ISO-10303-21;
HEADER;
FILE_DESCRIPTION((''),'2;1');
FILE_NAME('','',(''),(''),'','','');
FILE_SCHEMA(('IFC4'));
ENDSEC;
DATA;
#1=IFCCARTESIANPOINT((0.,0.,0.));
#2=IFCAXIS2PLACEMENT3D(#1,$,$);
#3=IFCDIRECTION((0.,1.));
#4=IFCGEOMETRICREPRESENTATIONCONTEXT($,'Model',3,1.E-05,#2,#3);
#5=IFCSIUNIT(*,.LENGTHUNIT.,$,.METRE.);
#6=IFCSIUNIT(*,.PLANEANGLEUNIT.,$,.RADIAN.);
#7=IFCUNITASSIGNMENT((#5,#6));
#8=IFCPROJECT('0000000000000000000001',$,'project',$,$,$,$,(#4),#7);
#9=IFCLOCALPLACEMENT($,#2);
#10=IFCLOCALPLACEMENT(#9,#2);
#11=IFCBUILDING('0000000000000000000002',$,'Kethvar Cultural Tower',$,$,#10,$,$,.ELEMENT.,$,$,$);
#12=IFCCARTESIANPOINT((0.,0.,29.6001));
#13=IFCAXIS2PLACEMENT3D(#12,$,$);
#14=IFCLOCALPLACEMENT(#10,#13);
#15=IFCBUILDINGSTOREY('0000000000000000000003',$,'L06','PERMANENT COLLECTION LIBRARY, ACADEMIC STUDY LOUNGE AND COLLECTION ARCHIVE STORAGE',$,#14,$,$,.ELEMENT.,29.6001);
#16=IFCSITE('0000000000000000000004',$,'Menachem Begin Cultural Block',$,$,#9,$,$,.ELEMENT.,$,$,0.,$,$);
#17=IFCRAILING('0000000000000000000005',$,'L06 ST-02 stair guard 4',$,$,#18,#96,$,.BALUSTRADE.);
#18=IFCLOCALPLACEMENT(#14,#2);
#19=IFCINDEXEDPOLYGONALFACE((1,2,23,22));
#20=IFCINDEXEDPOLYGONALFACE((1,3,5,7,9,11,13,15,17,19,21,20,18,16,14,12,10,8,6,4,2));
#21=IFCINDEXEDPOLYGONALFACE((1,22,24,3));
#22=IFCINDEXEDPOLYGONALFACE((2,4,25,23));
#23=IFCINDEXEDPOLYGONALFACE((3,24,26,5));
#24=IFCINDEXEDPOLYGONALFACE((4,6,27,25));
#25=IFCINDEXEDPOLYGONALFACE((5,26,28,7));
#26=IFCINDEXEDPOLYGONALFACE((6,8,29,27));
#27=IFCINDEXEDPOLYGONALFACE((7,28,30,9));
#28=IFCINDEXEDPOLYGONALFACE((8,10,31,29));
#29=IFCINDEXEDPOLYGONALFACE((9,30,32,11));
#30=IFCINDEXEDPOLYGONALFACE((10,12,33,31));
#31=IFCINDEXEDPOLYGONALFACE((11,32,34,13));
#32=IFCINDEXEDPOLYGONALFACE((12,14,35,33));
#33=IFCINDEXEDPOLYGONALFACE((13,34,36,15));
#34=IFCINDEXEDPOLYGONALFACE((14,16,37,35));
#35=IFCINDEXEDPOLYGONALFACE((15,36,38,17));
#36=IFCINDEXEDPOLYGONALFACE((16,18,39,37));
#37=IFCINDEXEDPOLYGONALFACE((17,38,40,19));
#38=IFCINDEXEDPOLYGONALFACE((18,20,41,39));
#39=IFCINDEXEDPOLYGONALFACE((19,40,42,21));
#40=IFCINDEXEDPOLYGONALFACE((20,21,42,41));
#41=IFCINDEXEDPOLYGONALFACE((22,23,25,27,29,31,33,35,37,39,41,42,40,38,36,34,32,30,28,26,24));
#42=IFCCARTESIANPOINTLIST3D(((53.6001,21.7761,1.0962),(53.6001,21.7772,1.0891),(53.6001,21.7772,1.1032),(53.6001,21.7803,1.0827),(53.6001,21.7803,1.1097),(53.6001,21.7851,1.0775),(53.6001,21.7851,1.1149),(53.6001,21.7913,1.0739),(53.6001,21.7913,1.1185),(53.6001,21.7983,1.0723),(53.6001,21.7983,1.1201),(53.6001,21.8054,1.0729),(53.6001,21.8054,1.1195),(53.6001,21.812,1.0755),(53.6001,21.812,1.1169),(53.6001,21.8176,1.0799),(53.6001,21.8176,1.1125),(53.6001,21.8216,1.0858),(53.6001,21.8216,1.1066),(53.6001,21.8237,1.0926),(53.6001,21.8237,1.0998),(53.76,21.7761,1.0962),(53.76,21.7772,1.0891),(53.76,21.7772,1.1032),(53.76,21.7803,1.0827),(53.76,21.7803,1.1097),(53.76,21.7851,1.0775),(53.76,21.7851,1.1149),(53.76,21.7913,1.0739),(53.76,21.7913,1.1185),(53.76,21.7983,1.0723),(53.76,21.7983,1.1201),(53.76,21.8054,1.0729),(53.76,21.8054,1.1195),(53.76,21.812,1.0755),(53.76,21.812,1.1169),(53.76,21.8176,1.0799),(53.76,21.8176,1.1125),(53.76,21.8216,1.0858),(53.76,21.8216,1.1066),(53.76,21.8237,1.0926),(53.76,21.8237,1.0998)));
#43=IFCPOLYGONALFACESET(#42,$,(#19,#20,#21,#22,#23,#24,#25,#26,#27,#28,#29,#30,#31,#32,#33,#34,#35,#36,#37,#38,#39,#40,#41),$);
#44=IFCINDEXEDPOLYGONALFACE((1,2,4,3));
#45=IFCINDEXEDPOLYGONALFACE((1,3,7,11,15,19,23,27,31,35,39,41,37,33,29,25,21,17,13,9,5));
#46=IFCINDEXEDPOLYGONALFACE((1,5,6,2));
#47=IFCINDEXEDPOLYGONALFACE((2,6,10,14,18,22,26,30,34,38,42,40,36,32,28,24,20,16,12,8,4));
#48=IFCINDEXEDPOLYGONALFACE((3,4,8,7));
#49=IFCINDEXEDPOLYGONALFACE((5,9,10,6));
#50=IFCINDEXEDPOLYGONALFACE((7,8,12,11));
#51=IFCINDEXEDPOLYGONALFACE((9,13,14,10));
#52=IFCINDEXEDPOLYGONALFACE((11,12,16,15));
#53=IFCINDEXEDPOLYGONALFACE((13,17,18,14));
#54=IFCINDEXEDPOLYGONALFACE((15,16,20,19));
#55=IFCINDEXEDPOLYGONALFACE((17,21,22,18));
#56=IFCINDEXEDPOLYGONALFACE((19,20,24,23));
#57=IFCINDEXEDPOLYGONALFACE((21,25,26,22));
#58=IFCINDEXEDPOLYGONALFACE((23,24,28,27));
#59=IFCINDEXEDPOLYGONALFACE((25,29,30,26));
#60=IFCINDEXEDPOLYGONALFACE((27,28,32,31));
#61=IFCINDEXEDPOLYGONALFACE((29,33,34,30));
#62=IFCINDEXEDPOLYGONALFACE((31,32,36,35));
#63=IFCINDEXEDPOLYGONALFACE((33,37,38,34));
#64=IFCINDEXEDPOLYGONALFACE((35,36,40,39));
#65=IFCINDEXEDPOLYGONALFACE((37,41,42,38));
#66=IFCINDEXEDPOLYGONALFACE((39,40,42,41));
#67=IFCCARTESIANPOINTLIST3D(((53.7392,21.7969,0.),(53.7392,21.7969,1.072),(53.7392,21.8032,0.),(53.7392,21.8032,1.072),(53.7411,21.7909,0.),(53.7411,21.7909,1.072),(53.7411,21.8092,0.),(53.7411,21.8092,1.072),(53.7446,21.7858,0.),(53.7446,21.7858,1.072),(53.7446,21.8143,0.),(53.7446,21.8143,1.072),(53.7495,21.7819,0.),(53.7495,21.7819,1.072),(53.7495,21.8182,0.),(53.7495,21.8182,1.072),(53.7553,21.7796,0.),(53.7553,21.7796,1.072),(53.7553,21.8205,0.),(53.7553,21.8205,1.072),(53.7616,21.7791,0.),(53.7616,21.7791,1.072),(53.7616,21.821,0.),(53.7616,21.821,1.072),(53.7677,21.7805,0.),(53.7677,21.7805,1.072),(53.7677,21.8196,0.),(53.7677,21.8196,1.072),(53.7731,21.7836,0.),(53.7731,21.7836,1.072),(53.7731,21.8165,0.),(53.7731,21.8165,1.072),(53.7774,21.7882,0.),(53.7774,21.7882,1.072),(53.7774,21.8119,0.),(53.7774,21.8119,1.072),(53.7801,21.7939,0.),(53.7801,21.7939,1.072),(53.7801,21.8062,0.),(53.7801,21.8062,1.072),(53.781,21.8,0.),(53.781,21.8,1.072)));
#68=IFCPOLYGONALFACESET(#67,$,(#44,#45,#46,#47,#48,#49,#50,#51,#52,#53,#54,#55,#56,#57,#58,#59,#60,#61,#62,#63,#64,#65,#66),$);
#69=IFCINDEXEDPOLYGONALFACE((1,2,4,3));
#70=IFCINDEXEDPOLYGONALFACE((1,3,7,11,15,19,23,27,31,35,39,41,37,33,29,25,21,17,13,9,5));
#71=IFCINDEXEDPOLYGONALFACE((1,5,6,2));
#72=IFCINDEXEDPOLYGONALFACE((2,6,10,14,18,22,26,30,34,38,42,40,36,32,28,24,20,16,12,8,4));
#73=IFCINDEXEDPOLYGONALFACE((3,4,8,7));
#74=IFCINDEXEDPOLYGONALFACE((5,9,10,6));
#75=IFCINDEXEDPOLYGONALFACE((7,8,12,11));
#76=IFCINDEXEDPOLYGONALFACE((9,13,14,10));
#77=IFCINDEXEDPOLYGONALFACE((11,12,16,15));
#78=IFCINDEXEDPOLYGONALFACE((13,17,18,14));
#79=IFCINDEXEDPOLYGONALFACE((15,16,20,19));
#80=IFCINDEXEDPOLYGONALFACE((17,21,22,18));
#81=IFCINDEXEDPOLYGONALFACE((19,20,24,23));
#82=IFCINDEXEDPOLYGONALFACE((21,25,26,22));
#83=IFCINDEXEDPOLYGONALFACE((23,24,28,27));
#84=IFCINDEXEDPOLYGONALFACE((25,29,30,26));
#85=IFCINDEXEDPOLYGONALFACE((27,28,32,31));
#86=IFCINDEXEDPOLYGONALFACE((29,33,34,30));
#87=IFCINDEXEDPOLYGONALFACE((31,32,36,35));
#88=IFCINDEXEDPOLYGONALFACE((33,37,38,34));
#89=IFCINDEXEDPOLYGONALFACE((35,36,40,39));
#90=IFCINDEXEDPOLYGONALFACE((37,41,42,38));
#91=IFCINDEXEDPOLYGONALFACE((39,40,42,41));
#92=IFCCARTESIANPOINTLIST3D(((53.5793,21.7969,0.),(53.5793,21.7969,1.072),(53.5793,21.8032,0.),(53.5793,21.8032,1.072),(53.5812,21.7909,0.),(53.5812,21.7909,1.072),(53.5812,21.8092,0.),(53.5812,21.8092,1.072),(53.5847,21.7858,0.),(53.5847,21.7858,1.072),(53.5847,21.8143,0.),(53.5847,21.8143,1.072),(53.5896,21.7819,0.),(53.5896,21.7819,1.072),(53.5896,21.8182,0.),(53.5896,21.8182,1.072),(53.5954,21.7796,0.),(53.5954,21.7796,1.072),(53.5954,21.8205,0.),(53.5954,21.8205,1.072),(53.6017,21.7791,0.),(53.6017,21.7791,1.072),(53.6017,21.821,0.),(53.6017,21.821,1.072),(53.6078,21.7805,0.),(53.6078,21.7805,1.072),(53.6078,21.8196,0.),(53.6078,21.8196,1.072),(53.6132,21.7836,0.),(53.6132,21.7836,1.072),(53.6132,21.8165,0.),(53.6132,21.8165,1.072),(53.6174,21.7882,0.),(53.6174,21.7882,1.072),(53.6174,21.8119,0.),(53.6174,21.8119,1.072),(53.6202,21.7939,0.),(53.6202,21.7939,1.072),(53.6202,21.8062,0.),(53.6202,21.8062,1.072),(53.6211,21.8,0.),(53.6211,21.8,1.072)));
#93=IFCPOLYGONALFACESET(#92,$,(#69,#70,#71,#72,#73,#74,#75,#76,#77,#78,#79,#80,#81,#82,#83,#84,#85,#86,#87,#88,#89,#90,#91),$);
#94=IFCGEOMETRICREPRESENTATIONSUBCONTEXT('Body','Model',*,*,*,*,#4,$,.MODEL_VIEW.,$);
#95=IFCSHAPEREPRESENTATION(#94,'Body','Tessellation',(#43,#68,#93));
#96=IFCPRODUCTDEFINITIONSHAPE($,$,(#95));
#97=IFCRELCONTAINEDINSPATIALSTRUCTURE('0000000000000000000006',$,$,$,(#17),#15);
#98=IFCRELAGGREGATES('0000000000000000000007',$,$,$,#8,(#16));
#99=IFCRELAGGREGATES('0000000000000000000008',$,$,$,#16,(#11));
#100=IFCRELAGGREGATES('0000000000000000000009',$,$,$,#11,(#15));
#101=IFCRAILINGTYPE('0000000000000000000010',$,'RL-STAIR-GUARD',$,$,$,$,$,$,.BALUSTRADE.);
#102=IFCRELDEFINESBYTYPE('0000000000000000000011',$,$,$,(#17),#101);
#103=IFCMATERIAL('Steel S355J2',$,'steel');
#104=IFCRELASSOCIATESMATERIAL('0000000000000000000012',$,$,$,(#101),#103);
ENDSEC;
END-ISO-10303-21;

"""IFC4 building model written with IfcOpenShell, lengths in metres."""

from ifc_helpers import new_model, si_unit, direction, frame, origin, origin_2d, place, context, subcontext, project, spatial, circle, extrude, material, type_object, element, save


model = new_model("IFC4")

# Units and contexts
model_context = context("Model", 3, precision=1e-05, world=origin(), true_north=direction((0.0, 1.0)))
body_context = subcontext(model_context, "Body", "Model", "MODEL_VIEW")
ifc_project = project(units=[si_unit("LENGTHUNIT", "METRE"), si_unit("PLANEANGLEUNIT", "RADIAN")], contexts=[model_context])

# Site, building, storey
site_placement = place(None, origin())
site = spatial("IfcSite", under=ifc_project, at=site_placement, Name="Menachem Begin Cultural Block", CompositionType="ELEMENT", RefElevation=0.0)
building_placement = place(site_placement, origin())
building = spatial("IfcBuilding", under=site, at=building_placement, Name="Kethvar Cultural Tower", CompositionType="ELEMENT")
storey_placement = place(building_placement, frame((0.0, 0.0, 29.6001)))
storey = spatial("IfcBuildingStorey", under=building, at=storey_placement, Name="L06", Description="PERMANENT COLLECTION LIBRARY, ACADEMIC STUDY LOUNGE AND COLLECTION ARCHIVE STORAGE", CompositionType="ELEMENT", Elevation=29.6001)

# Shared definitions
ifc_material_1 = material(Name="Steel S355J2", Category="steel")

# Railing
railing_type_1 = type_object("IfcRailingType", Name="RL-STAIR-GUARD", PredefinedType="BALUSTRADE", material=ifc_material_1)
railing_1_placement = place(storey_placement, frame((53.76, 21.8, 0.0)))
element("IfcRailing", 1, at=railing_1_placement, inside=storey, type_object=railing_type_1, Name="L06 ST-02 stair guard 4", PredefinedType="BALUSTRADE", context=body_context, shape_type="SweptSolid", body=[
    extrude(circle(Radius=0.0239, at=origin_2d()), frame((0.0, 0.0, 1.0962), z_axis=(-1.0, 0.0, 0.0), x_axis=(0.0, -1.0, 0.0)), (0.0, 0.0, 1.0), 0.1599),
    extrude(circle(Radius=0.021, at=origin_2d()), origin(), (0.0, 0.0, 1.0), 1.072),
    extrude(circle(Radius=0.021, at=origin_2d()), frame((-0.1599, 0.0, 0.0)), (0.0, 0.0, 1.0), 1.072),
])

save(model, "model.ifc")
